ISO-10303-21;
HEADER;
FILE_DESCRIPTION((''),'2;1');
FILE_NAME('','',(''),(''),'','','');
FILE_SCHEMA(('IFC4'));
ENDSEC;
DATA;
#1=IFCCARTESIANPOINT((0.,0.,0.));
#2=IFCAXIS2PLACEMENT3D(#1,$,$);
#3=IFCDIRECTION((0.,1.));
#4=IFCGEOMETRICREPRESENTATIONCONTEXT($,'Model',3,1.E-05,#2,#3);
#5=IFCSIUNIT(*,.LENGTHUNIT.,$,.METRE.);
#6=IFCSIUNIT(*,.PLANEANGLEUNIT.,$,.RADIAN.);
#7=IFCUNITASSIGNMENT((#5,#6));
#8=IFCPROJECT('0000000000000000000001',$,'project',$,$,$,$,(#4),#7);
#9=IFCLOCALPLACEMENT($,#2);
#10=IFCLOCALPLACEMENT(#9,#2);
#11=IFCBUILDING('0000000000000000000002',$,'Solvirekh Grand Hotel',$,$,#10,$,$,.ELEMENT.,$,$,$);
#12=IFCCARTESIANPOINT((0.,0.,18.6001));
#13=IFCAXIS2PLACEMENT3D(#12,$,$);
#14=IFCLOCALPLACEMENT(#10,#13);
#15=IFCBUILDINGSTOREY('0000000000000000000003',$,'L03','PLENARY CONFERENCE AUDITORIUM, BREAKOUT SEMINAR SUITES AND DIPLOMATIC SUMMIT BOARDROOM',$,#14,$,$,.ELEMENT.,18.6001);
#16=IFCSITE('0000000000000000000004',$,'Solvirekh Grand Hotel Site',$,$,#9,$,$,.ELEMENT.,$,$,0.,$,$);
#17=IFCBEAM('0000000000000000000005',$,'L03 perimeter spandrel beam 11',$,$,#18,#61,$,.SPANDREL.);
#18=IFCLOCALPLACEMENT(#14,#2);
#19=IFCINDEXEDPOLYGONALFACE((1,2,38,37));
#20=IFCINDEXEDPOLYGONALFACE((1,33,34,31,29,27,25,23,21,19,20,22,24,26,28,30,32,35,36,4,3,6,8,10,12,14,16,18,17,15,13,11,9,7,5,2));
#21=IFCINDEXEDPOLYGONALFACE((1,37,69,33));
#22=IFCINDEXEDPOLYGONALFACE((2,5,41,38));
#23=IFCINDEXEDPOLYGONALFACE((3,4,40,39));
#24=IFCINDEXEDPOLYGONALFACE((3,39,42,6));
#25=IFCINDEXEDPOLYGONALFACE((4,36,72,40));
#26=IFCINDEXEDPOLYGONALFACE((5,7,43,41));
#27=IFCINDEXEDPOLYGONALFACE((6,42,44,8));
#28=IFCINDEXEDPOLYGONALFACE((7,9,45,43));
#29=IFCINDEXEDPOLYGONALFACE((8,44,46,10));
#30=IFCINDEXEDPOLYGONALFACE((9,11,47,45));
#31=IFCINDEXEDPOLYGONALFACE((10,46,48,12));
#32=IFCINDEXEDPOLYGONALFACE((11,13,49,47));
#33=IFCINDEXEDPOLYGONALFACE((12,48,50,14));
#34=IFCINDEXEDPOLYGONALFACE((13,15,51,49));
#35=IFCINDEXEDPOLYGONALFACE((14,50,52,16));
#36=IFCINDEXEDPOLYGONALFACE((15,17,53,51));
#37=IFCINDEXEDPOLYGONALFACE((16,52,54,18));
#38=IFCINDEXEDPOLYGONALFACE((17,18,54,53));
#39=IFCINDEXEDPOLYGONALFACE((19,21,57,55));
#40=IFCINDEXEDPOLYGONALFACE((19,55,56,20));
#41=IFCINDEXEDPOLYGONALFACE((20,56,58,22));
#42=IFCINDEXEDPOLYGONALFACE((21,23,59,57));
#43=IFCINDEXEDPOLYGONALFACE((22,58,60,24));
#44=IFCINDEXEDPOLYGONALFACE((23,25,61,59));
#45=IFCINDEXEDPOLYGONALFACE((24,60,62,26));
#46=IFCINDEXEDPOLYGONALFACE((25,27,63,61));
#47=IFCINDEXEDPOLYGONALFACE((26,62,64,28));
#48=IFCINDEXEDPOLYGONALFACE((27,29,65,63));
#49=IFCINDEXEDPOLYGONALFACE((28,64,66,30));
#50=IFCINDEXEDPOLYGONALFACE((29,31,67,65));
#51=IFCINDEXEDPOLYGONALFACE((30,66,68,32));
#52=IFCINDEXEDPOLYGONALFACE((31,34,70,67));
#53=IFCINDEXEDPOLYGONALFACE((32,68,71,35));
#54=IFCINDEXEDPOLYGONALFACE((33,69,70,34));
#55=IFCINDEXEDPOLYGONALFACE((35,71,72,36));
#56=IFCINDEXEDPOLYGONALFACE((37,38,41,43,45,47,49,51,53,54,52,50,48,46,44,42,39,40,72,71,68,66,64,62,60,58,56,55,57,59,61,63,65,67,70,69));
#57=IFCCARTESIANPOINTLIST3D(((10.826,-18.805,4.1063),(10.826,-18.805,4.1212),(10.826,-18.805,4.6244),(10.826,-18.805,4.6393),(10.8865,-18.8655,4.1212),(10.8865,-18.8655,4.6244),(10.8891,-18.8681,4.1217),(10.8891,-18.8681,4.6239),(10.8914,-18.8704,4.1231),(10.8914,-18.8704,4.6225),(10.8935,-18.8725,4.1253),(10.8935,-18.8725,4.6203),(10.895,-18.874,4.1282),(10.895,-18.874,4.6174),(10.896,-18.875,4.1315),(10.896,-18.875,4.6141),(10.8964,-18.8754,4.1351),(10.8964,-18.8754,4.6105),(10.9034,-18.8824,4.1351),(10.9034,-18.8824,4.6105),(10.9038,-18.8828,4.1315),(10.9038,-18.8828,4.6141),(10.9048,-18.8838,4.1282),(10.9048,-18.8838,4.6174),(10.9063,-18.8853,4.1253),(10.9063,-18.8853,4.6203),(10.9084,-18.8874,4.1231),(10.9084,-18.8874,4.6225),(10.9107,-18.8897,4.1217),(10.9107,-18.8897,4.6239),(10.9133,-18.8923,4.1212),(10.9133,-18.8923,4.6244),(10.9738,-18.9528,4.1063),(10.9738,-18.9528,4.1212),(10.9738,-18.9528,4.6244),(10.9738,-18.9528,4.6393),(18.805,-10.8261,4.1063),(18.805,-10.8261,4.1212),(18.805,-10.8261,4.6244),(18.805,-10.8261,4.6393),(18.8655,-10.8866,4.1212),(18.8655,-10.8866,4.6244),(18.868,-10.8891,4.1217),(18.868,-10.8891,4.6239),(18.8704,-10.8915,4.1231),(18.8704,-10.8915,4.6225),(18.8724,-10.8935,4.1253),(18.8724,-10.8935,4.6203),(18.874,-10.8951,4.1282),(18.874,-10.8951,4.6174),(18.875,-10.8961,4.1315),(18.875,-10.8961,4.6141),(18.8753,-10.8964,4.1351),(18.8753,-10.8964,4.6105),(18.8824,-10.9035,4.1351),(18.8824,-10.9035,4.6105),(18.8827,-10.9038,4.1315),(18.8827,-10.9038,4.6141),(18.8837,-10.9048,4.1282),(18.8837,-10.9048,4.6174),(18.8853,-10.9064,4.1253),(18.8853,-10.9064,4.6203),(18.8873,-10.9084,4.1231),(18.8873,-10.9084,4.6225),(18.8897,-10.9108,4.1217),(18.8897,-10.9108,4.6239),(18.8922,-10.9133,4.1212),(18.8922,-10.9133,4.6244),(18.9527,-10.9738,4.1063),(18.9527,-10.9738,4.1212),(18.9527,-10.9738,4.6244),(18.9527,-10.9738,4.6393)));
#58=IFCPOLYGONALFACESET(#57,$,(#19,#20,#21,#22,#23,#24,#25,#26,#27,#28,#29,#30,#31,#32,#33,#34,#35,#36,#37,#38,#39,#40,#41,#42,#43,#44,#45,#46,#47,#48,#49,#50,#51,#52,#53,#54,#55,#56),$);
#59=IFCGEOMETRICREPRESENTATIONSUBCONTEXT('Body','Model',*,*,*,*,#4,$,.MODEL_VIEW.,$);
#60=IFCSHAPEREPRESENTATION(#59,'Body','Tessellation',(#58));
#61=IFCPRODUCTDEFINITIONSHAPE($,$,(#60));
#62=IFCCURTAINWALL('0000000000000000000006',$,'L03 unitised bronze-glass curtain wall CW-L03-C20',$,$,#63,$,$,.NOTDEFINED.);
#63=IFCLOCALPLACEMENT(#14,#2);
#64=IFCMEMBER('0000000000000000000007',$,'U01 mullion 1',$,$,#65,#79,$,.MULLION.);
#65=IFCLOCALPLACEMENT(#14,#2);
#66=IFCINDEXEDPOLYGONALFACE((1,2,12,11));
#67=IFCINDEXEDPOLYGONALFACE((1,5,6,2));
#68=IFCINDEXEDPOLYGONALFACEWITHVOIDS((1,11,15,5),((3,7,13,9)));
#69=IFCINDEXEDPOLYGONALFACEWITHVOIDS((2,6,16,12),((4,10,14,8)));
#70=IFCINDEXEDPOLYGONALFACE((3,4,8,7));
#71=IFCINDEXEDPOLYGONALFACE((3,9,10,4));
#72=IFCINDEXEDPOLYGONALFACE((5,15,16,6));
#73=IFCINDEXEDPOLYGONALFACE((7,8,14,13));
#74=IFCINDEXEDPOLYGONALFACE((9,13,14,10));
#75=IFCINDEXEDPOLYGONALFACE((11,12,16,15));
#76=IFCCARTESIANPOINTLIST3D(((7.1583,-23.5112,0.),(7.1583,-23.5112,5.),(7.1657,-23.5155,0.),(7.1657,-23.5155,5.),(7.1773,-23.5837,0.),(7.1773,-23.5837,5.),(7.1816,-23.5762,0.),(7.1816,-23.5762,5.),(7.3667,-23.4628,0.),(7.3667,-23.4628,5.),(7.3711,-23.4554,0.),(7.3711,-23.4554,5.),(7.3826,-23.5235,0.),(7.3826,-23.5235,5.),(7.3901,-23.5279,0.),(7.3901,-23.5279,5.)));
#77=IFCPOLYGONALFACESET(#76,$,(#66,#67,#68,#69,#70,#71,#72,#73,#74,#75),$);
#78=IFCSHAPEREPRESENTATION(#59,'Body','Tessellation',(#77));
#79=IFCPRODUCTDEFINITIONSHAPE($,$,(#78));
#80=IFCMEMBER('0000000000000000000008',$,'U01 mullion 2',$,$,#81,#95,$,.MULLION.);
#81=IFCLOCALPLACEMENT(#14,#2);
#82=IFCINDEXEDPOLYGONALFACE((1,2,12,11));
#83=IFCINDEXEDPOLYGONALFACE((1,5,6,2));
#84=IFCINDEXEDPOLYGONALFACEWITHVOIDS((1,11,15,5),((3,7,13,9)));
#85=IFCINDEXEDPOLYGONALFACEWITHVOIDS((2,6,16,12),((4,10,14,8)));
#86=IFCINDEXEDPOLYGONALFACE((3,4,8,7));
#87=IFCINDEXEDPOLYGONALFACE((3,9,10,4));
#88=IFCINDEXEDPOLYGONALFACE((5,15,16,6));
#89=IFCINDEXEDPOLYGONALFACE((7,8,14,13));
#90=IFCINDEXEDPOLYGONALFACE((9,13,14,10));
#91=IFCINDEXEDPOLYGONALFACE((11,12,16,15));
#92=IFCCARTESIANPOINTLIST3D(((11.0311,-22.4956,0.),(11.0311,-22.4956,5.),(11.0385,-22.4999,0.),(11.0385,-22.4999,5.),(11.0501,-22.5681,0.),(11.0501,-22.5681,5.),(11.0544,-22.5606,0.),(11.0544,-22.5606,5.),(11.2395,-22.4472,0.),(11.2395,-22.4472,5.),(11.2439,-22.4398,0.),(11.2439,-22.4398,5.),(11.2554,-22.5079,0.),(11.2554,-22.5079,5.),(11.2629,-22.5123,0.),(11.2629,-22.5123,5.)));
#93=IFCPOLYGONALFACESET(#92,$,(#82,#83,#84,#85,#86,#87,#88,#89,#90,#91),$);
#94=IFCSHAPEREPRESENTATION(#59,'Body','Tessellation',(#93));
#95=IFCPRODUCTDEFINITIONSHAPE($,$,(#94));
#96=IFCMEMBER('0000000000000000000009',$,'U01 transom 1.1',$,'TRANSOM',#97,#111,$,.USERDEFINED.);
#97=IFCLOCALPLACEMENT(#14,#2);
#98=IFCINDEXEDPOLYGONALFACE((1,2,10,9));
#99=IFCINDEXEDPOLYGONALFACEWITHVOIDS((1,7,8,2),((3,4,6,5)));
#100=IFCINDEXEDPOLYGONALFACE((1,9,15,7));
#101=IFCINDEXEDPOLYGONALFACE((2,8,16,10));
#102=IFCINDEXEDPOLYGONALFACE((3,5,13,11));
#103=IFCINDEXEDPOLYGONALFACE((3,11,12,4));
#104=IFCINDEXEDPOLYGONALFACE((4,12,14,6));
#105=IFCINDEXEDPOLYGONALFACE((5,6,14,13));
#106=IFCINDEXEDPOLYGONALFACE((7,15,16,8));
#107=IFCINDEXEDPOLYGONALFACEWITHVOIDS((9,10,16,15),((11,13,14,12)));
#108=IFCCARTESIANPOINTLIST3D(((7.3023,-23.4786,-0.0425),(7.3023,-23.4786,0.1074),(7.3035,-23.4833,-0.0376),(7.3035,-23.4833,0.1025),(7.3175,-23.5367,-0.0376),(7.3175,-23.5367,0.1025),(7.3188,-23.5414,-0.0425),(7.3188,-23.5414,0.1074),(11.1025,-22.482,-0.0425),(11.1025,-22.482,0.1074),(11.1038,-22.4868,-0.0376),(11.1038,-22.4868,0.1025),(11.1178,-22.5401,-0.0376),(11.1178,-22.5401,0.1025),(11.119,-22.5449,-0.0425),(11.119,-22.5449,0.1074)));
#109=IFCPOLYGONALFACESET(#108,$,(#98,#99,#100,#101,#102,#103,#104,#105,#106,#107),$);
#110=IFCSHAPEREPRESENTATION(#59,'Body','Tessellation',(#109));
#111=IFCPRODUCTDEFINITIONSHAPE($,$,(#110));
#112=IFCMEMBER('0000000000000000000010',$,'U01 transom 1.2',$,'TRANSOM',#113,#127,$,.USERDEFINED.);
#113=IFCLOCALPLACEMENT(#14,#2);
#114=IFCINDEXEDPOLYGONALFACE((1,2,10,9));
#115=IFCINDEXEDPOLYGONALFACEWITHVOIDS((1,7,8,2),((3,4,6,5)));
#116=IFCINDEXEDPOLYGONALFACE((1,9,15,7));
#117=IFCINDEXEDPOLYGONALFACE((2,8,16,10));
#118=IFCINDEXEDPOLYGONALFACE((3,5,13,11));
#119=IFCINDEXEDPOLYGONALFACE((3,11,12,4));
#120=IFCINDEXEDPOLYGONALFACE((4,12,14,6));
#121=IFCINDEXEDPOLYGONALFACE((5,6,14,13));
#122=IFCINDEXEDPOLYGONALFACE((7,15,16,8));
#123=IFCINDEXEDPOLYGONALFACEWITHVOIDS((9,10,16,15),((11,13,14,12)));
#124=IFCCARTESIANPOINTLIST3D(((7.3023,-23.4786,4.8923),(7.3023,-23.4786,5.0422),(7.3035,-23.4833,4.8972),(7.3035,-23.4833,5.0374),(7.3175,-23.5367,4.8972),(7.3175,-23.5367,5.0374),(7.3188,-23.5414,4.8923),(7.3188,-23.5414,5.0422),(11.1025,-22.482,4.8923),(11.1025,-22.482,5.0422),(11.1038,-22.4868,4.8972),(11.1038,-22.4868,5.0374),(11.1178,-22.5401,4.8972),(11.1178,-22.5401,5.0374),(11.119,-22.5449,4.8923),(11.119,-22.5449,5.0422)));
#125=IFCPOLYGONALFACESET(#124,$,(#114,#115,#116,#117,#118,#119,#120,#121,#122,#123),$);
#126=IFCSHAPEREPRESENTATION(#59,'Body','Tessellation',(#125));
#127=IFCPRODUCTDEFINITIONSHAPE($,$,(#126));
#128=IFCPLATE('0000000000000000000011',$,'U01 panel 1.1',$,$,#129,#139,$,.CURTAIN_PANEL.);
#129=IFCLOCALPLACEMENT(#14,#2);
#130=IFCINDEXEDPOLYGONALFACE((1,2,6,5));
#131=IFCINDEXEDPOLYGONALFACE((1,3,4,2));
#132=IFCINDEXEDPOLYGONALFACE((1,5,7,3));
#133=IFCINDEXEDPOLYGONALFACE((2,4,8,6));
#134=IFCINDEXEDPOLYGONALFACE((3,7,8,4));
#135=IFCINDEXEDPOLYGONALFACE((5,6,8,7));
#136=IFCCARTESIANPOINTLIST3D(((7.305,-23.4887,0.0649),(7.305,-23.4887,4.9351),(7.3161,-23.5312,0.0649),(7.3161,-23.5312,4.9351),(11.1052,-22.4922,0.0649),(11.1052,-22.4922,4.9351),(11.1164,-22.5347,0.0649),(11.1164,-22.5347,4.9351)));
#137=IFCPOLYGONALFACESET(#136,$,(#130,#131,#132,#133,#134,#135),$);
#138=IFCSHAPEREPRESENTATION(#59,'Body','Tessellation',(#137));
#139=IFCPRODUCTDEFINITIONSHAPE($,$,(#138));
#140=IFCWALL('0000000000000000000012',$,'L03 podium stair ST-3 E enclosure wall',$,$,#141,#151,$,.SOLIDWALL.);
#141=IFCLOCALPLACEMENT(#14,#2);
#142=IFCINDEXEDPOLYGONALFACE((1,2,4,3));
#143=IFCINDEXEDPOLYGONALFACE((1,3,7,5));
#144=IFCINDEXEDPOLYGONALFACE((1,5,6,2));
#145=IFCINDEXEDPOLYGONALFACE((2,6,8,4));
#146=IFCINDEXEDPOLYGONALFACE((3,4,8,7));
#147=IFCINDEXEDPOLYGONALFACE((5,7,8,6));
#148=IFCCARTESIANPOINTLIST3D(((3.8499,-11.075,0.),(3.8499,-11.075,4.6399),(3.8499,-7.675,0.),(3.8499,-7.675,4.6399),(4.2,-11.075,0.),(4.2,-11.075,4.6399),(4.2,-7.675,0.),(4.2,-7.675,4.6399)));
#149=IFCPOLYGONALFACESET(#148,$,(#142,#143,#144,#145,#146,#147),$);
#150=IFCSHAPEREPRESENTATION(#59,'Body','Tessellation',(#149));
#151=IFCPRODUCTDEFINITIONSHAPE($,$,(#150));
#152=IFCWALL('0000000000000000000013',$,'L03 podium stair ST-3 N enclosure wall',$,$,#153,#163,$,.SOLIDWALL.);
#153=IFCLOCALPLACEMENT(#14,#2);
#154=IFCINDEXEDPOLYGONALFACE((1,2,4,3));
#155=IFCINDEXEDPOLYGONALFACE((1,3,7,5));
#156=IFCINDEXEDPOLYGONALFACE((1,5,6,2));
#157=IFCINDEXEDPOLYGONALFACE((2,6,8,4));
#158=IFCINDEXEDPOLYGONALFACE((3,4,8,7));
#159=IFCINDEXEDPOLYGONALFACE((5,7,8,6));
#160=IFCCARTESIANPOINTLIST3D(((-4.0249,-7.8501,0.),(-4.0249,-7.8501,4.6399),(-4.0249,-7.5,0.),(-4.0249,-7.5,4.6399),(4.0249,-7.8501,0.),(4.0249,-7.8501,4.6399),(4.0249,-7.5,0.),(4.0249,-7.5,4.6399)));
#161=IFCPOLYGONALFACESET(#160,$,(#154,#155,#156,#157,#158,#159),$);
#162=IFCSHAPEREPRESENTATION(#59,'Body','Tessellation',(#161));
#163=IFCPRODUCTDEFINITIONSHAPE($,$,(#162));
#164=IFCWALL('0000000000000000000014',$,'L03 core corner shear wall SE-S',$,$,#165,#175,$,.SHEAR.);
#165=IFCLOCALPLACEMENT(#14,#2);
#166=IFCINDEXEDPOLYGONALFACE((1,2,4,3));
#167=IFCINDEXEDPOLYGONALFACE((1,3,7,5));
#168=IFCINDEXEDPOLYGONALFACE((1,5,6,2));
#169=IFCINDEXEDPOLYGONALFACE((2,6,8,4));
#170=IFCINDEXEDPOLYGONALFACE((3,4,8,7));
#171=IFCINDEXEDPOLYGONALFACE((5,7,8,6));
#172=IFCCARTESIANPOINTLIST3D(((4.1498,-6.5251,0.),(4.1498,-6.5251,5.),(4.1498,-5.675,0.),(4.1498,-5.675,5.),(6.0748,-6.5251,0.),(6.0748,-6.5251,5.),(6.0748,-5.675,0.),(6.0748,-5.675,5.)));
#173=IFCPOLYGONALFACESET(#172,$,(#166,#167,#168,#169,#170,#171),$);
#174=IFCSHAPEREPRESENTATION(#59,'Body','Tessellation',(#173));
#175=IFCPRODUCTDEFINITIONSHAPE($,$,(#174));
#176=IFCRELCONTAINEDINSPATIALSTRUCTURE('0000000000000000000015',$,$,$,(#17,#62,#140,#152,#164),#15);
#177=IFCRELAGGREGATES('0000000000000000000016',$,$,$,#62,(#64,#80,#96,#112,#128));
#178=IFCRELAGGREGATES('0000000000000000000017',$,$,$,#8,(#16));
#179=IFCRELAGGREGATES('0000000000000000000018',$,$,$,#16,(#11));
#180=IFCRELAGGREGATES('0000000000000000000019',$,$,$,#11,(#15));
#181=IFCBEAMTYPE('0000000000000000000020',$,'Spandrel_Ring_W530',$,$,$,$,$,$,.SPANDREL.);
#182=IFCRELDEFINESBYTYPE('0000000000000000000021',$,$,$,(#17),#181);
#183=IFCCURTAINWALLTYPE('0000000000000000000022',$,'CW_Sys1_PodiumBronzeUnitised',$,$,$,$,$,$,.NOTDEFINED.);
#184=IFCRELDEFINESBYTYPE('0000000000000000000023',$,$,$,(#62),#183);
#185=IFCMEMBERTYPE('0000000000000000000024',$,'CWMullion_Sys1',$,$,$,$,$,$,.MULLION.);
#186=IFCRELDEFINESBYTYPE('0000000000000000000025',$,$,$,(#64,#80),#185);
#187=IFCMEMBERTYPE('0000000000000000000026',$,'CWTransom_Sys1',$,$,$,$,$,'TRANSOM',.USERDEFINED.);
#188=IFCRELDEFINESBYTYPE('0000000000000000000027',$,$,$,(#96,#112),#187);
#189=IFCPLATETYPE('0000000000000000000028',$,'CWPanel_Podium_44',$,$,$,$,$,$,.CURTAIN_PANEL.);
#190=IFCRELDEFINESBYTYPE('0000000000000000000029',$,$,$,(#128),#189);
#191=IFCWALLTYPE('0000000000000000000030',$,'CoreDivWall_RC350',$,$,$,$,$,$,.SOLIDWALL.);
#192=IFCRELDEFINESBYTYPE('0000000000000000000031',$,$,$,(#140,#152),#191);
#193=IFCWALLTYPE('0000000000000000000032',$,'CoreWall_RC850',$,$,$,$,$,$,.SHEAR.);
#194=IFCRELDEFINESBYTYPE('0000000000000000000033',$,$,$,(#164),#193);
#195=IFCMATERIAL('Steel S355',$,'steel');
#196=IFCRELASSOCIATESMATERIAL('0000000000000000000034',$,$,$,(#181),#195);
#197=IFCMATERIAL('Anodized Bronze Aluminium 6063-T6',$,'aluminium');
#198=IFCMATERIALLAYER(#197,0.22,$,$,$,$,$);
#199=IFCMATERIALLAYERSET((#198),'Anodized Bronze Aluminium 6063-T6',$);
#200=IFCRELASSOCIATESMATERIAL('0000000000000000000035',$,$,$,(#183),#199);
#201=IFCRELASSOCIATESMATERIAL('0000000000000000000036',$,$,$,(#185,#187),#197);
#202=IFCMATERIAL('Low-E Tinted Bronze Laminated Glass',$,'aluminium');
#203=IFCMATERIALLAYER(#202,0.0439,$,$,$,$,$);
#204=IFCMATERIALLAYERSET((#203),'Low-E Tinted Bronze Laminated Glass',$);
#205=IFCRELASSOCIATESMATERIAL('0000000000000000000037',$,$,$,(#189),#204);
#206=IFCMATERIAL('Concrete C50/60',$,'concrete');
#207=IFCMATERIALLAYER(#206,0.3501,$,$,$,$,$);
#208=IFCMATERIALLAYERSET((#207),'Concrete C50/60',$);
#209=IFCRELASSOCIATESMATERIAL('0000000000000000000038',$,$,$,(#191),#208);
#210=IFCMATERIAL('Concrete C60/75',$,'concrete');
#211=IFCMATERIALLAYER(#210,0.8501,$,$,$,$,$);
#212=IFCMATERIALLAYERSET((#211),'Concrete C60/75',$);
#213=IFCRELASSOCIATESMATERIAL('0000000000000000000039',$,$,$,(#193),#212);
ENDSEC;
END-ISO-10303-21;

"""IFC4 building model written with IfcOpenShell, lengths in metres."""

from ifc_helpers import new_model, si_unit, direction, frame, frame_2d, origin, origin_2d, place, context, subcontext, project, spatial, rectangle, hollow_rectangle, i_section, extrude, source, transform, mapped, material, layer, layer_set, material_profile, profile_set, type_object, element, aggregate, save


model = new_model("IFC4")

# Units and contexts
model_context = context("Model", 3, precision=1e-05, world=origin(), true_north=direction((0.0, 1.0)))
body_context = subcontext(model_context, "Body", "Model", "MODEL_VIEW")
ifc_project = project(units=[si_unit("LENGTHUNIT", "METRE"), si_unit("PLANEANGLEUNIT", "RADIAN")], contexts=[model_context])

# Site, building, storey
site_placement = place(None, origin())
site = spatial("IfcSite", under=ifc_project, at=site_placement, Name="Solvirekh Grand Hotel Site", CompositionType="ELEMENT", RefElevation=0.0)
building_placement = place(site_placement, origin())
building = spatial("IfcBuilding", under=site, at=building_placement, Name="Solvirekh Grand Hotel", CompositionType="ELEMENT")
storey_placement = place(building_placement, frame((0.0, 0.0, 18.6001)))
storey = spatial("IfcBuildingStorey", under=building, at=storey_placement, Name="L03", Description="PLENARY CONFERENCE AUDITORIUM, BREAKOUT SEMINAR SUITES AND DIPLOMATIC SUMMIT BOARDROOM", CompositionType="ELEMENT", Elevation=18.6001)

# Shared definitions
ifc_material_1 = material(Name="Concrete C60/75", Category="concrete")

# Beam
ifc_material_2 = material(Name="Steel S355", Category="steel")
ifc_material_profile_1 = material_profile(ifc_material_2, i_section(OverallWidth=0.209, OverallDepth=0.533, WebThickness=0.01, FlangeThickness=0.0149, FilletRadius=0.0139, at=origin_2d()), Name="W530X92")
ifc_profile_set_1 = profile_set([ifc_material_profile_1], Name="Steel S355")
beam_type_1 = type_object("IfcBeamType", Name="Spandrel_Ring_W530", PredefinedType="SPANDREL", material=ifc_profile_set_1)
beam_1_placement = place(storey_placement, frame((10.8999, -18.8789, 4.3728), z_axis=(0.707107, 0.707107, 0.0), x_axis=(-0.707107, 0.707107, 0.0)))
element("IfcBeam", 1, at=beam_1_placement, inside=storey, type_object=beam_type_1, Name="L03 perimeter spandrel beam 11", PredefinedType="SPANDREL", context=body_context, shape_type="SweptSolid", body=[
    extrude(i_section(OverallWidth=0.209, OverallDepth=0.533, WebThickness=0.01, FlangeThickness=0.0149, FilletRadius=0.0139, at=origin_2d()), origin(), (0.0, 0.0, 1.0), 11.2839),
])

# Curtain wall, members, plate
ifc_material_3 = material(Name="Anodized Bronze Aluminium 6063-T6", Category="aluminium")
ifc_layer_1 = layer(ifc_material_3, 0.22)
ifc_layer_set_1 = layer_set([ifc_layer_1], Name="Anodized Bronze Aluminium 6063-T6")
curtain_wall_type = type_object("IfcCurtainWallType", Name="CW_Sys1_PodiumBronzeUnitised", PredefinedType="NOTDEFINED", material=ifc_layer_set_1)
curtain_wall_placement = place(storey_placement, origin())
curtain_wall = element("IfcCurtainWall", 2, at=curtain_wall_placement, inside=storey, type_object=curtain_wall_type, Name="L03 unitised bronze-glass curtain wall CW-L03-C20", PredefinedType="NOTDEFINED")
ifc_material_profile_2 = material_profile(ifc_material_3, hollow_rectangle(XDim=0.075, YDim=0.22, WallThickness=0.0061, at=origin_2d()), Name="ALU RHS 220X75X6")
ifc_profile_set_2 = profile_set([ifc_material_profile_2], Name="Anodized Bronze Aluminium 6063-T6")
member_type_1 = type_object("IfcMemberType", Name="CWMullion_Sys1", PredefinedType="MULLION", material=ifc_profile_set_2)
shared_shape_1 = source(origin(), body_context, "Body", "SweptSolid", [
    extrude(hollow_rectangle(XDim=0.075, YDim=0.22, WallThickness=0.0061, at=origin_2d()), origin(), (0.0, 0.0, 1.0), 5.0),
])
member_1_placement = place(storey_placement, frame((7.2742, -23.5195, 0.0), z_axis=(0.0, 0.0, 1.0), x_axis=(-0.253641, 0.967299, 0.0)))
member_1 = element("IfcMember", 3, at=member_1_placement, type_object=member_type_1, Name="U01 mullion 1", PredefinedType="MULLION", context=body_context, shape_type="MappedRepresentation", body=[
    mapped(shared_shape_1, transform((0.0, 0.0, 0.0), x_axis=(1.0, 0.0, 0.0), y_axis=(0.0, 1.0, 0.0), z_axis=(0.0, 0.0, 1.0), scale=1.0)),
])
member_2_placement = place(storey_placement, frame((11.147, -22.5039, 0.0), z_axis=(0.0, 0.0, 1.0), x_axis=(-0.253641, 0.967299, 0.0)))
member_2 = element("IfcMember", 4, at=member_2_placement, type_object=member_type_1, Name="U01 mullion 2", PredefinedType="MULLION", context=body_context, shape_type="MappedRepresentation", body=[
    mapped(shared_shape_1, transform((0.0, 0.0, 0.0), x_axis=(1.0, 0.0, 0.0), y_axis=(0.0, 1.0, 0.0), z_axis=(0.0, 0.0, 1.0), scale=1.0)),
])
ifc_material_profile_3 = material_profile(ifc_material_3, hollow_rectangle(XDim=0.0649, YDim=0.1499, WallThickness=0.0049, at=origin_2d()), Name="ALU RHS 150X65X5")
ifc_profile_set_3 = profile_set([ifc_material_profile_3], Name="Anodized Bronze Aluminium 6063-T6")
member_type_2 = type_object("IfcMemberType", Name="CWTransom_Sys1", ElementType="TRANSOM", PredefinedType="USERDEFINED", material=ifc_profile_set_3)
shared_shape_2 = source(origin(), body_context, "Body", "SweptSolid", [
    extrude(hollow_rectangle(XDim=0.0649, YDim=0.1499, WallThickness=0.0049, at=origin_2d()), origin(), (0.0, 0.0, 1.0), 3.9287),
])
member_3_placement = place(storey_placement, frame((7.3105, -23.51, 0.0325), z_axis=(0.967293, 0.253661, 0.0), x_axis=(-0.253661, 0.967293, 0.0)))
member_3 = element("IfcMember", 5, at=member_3_placement, type_object=member_type_2, Name="U01 transom 1.1", ObjectType="TRANSOM", PredefinedType="USERDEFINED", context=body_context, shape_type="MappedRepresentation", body=[
    mapped(shared_shape_2, transform((0.0, 0.0, 0.0), x_axis=(1.0, 0.0, 0.0), y_axis=(0.0, 1.0, 0.0), z_axis=(0.0, 0.0, 1.0), scale=1.0)),
])
member_4_placement = place(storey_placement, frame((7.3105, -23.51, 4.9673), z_axis=(0.967293, 0.253661, 0.0), x_axis=(-0.253661, 0.967293, 0.0)))
member_4 = element("IfcMember", 6, at=member_4_placement, type_object=member_type_2, Name="U01 transom 1.2", ObjectType="TRANSOM", PredefinedType="USERDEFINED", context=body_context, shape_type="MappedRepresentation", body=[
    mapped(shared_shape_2, transform((0.0, 0.0, 0.0), x_axis=(1.0, 0.0, 0.0), y_axis=(0.0, 1.0, 0.0), z_axis=(0.0, 0.0, 1.0), scale=1.0)),
])
ifc_material_4 = material(Name="Low-E Tinted Bronze Laminated Glass", Category="aluminium")
ifc_layer_2 = layer(ifc_material_4, 0.0439)
ifc_layer_set_2 = layer_set([ifc_layer_2], Name="Low-E Tinted Bronze Laminated Glass")
plate_type = type_object("IfcPlateType", Name="CWPanel_Podium_44", PredefinedType="CURTAIN_PANEL", material=ifc_layer_set_2)
shared_shape_3 = source(origin(), body_context, "Body", "SweptSolid", [
    extrude(rectangle(XDim=3.9287, YDim=0.0439, at=origin_2d()), origin(), (0.0, 0.0, 1.0), 4.8701),
])
plate_placement = place(storey_placement, frame((9.2107, -23.0117, 0.0649), z_axis=(0.0, 0.0, 1.0), x_axis=(0.967299, 0.253641, 0.0)))
plate = element("IfcPlate", 7, at=plate_placement, type_object=plate_type, Name="U01 panel 1.1", PredefinedType="CURTAIN_PANEL", context=body_context, shape_type="MappedRepresentation", body=[
    mapped(shared_shape_3, transform((0.0, 0.0, 0.0), x_axis=(1.0, 0.0, 0.0), y_axis=(0.0, 1.0, 0.0), z_axis=(0.0, 0.0, 1.0), scale=1.0)),
])
aggregate(curtain_wall, [member_1, member_2, member_3, member_4, plate])

# Walls
ifc_material_5 = material(Name="Concrete C50/60", Category="concrete")
ifc_layer_3 = layer(ifc_material_5, 0.3501)
ifc_layer_set_3 = layer_set([ifc_layer_3], Name="Concrete C50/60")
wall_type_1 = type_object("IfcWallType", Name="CoreDivWall_RC350", PredefinedType="SOLIDWALL", material=ifc_layer_set_3)
wall_1_placement = place(storey_placement, frame((4.0249, -11.075, 0.0), z_axis=(0.0, 0.0, 1.0), x_axis=(0.0, 1.0, 0.0)))
element("IfcWall", 8, at=wall_1_placement, inside=storey, type_object=wall_type_1, Name="L03 podium stair ST-3 E enclosure wall", PredefinedType="SOLIDWALL", context=body_context, shape_type="SweptSolid", body=[
    extrude(rectangle(XDim=3.3999, YDim=0.3501, at=frame_2d((1.7, 0.0))), origin(), (0.0, 0.0, 1.0), 4.6399),
])
wall_2_placement = place(storey_placement, frame((4.0249, -7.675, 0.0), z_axis=(0.0, 0.0, 1.0), x_axis=(-1.0, 0.0, 0.0)))
element("IfcWall", 9, at=wall_2_placement, inside=storey, type_object=wall_type_1, Name="L03 podium stair ST-3 N enclosure wall", PredefinedType="SOLIDWALL", context=body_context, shape_type="SweptSolid", body=[
    extrude(rectangle(XDim=8.0498, YDim=0.3501, at=frame_2d((4.0249, 0.0))), origin(), (0.0, 0.0, 1.0), 4.6399),
])
ifc_layer_4 = layer(ifc_material_1, 0.8501)
ifc_layer_set_4 = layer_set([ifc_layer_4], Name="Concrete C60/75")
wall_type_2 = type_object("IfcWallType", Name="CoreWall_RC850", PredefinedType="SHEAR", material=ifc_layer_set_4)
wall_3_placement = place(storey_placement, frame((4.1499, -6.1001, 0.0), z_axis=(0.0, 0.0, 1.0), x_axis=(1.0, 0.0, 0.0)))
element("IfcWall", 10, at=wall_3_placement, inside=storey, type_object=wall_type_2, Name="L03 core corner shear wall SE-S", PredefinedType="SHEAR", context=body_context, shape_type="SweptSolid", body=[
    extrude(rectangle(XDim=1.925, YDim=0.8501, at=frame_2d((0.9624, 0.0))), origin(), (0.0, 0.0, 1.0), 5.0),
])

save(model, "model.ifc")
